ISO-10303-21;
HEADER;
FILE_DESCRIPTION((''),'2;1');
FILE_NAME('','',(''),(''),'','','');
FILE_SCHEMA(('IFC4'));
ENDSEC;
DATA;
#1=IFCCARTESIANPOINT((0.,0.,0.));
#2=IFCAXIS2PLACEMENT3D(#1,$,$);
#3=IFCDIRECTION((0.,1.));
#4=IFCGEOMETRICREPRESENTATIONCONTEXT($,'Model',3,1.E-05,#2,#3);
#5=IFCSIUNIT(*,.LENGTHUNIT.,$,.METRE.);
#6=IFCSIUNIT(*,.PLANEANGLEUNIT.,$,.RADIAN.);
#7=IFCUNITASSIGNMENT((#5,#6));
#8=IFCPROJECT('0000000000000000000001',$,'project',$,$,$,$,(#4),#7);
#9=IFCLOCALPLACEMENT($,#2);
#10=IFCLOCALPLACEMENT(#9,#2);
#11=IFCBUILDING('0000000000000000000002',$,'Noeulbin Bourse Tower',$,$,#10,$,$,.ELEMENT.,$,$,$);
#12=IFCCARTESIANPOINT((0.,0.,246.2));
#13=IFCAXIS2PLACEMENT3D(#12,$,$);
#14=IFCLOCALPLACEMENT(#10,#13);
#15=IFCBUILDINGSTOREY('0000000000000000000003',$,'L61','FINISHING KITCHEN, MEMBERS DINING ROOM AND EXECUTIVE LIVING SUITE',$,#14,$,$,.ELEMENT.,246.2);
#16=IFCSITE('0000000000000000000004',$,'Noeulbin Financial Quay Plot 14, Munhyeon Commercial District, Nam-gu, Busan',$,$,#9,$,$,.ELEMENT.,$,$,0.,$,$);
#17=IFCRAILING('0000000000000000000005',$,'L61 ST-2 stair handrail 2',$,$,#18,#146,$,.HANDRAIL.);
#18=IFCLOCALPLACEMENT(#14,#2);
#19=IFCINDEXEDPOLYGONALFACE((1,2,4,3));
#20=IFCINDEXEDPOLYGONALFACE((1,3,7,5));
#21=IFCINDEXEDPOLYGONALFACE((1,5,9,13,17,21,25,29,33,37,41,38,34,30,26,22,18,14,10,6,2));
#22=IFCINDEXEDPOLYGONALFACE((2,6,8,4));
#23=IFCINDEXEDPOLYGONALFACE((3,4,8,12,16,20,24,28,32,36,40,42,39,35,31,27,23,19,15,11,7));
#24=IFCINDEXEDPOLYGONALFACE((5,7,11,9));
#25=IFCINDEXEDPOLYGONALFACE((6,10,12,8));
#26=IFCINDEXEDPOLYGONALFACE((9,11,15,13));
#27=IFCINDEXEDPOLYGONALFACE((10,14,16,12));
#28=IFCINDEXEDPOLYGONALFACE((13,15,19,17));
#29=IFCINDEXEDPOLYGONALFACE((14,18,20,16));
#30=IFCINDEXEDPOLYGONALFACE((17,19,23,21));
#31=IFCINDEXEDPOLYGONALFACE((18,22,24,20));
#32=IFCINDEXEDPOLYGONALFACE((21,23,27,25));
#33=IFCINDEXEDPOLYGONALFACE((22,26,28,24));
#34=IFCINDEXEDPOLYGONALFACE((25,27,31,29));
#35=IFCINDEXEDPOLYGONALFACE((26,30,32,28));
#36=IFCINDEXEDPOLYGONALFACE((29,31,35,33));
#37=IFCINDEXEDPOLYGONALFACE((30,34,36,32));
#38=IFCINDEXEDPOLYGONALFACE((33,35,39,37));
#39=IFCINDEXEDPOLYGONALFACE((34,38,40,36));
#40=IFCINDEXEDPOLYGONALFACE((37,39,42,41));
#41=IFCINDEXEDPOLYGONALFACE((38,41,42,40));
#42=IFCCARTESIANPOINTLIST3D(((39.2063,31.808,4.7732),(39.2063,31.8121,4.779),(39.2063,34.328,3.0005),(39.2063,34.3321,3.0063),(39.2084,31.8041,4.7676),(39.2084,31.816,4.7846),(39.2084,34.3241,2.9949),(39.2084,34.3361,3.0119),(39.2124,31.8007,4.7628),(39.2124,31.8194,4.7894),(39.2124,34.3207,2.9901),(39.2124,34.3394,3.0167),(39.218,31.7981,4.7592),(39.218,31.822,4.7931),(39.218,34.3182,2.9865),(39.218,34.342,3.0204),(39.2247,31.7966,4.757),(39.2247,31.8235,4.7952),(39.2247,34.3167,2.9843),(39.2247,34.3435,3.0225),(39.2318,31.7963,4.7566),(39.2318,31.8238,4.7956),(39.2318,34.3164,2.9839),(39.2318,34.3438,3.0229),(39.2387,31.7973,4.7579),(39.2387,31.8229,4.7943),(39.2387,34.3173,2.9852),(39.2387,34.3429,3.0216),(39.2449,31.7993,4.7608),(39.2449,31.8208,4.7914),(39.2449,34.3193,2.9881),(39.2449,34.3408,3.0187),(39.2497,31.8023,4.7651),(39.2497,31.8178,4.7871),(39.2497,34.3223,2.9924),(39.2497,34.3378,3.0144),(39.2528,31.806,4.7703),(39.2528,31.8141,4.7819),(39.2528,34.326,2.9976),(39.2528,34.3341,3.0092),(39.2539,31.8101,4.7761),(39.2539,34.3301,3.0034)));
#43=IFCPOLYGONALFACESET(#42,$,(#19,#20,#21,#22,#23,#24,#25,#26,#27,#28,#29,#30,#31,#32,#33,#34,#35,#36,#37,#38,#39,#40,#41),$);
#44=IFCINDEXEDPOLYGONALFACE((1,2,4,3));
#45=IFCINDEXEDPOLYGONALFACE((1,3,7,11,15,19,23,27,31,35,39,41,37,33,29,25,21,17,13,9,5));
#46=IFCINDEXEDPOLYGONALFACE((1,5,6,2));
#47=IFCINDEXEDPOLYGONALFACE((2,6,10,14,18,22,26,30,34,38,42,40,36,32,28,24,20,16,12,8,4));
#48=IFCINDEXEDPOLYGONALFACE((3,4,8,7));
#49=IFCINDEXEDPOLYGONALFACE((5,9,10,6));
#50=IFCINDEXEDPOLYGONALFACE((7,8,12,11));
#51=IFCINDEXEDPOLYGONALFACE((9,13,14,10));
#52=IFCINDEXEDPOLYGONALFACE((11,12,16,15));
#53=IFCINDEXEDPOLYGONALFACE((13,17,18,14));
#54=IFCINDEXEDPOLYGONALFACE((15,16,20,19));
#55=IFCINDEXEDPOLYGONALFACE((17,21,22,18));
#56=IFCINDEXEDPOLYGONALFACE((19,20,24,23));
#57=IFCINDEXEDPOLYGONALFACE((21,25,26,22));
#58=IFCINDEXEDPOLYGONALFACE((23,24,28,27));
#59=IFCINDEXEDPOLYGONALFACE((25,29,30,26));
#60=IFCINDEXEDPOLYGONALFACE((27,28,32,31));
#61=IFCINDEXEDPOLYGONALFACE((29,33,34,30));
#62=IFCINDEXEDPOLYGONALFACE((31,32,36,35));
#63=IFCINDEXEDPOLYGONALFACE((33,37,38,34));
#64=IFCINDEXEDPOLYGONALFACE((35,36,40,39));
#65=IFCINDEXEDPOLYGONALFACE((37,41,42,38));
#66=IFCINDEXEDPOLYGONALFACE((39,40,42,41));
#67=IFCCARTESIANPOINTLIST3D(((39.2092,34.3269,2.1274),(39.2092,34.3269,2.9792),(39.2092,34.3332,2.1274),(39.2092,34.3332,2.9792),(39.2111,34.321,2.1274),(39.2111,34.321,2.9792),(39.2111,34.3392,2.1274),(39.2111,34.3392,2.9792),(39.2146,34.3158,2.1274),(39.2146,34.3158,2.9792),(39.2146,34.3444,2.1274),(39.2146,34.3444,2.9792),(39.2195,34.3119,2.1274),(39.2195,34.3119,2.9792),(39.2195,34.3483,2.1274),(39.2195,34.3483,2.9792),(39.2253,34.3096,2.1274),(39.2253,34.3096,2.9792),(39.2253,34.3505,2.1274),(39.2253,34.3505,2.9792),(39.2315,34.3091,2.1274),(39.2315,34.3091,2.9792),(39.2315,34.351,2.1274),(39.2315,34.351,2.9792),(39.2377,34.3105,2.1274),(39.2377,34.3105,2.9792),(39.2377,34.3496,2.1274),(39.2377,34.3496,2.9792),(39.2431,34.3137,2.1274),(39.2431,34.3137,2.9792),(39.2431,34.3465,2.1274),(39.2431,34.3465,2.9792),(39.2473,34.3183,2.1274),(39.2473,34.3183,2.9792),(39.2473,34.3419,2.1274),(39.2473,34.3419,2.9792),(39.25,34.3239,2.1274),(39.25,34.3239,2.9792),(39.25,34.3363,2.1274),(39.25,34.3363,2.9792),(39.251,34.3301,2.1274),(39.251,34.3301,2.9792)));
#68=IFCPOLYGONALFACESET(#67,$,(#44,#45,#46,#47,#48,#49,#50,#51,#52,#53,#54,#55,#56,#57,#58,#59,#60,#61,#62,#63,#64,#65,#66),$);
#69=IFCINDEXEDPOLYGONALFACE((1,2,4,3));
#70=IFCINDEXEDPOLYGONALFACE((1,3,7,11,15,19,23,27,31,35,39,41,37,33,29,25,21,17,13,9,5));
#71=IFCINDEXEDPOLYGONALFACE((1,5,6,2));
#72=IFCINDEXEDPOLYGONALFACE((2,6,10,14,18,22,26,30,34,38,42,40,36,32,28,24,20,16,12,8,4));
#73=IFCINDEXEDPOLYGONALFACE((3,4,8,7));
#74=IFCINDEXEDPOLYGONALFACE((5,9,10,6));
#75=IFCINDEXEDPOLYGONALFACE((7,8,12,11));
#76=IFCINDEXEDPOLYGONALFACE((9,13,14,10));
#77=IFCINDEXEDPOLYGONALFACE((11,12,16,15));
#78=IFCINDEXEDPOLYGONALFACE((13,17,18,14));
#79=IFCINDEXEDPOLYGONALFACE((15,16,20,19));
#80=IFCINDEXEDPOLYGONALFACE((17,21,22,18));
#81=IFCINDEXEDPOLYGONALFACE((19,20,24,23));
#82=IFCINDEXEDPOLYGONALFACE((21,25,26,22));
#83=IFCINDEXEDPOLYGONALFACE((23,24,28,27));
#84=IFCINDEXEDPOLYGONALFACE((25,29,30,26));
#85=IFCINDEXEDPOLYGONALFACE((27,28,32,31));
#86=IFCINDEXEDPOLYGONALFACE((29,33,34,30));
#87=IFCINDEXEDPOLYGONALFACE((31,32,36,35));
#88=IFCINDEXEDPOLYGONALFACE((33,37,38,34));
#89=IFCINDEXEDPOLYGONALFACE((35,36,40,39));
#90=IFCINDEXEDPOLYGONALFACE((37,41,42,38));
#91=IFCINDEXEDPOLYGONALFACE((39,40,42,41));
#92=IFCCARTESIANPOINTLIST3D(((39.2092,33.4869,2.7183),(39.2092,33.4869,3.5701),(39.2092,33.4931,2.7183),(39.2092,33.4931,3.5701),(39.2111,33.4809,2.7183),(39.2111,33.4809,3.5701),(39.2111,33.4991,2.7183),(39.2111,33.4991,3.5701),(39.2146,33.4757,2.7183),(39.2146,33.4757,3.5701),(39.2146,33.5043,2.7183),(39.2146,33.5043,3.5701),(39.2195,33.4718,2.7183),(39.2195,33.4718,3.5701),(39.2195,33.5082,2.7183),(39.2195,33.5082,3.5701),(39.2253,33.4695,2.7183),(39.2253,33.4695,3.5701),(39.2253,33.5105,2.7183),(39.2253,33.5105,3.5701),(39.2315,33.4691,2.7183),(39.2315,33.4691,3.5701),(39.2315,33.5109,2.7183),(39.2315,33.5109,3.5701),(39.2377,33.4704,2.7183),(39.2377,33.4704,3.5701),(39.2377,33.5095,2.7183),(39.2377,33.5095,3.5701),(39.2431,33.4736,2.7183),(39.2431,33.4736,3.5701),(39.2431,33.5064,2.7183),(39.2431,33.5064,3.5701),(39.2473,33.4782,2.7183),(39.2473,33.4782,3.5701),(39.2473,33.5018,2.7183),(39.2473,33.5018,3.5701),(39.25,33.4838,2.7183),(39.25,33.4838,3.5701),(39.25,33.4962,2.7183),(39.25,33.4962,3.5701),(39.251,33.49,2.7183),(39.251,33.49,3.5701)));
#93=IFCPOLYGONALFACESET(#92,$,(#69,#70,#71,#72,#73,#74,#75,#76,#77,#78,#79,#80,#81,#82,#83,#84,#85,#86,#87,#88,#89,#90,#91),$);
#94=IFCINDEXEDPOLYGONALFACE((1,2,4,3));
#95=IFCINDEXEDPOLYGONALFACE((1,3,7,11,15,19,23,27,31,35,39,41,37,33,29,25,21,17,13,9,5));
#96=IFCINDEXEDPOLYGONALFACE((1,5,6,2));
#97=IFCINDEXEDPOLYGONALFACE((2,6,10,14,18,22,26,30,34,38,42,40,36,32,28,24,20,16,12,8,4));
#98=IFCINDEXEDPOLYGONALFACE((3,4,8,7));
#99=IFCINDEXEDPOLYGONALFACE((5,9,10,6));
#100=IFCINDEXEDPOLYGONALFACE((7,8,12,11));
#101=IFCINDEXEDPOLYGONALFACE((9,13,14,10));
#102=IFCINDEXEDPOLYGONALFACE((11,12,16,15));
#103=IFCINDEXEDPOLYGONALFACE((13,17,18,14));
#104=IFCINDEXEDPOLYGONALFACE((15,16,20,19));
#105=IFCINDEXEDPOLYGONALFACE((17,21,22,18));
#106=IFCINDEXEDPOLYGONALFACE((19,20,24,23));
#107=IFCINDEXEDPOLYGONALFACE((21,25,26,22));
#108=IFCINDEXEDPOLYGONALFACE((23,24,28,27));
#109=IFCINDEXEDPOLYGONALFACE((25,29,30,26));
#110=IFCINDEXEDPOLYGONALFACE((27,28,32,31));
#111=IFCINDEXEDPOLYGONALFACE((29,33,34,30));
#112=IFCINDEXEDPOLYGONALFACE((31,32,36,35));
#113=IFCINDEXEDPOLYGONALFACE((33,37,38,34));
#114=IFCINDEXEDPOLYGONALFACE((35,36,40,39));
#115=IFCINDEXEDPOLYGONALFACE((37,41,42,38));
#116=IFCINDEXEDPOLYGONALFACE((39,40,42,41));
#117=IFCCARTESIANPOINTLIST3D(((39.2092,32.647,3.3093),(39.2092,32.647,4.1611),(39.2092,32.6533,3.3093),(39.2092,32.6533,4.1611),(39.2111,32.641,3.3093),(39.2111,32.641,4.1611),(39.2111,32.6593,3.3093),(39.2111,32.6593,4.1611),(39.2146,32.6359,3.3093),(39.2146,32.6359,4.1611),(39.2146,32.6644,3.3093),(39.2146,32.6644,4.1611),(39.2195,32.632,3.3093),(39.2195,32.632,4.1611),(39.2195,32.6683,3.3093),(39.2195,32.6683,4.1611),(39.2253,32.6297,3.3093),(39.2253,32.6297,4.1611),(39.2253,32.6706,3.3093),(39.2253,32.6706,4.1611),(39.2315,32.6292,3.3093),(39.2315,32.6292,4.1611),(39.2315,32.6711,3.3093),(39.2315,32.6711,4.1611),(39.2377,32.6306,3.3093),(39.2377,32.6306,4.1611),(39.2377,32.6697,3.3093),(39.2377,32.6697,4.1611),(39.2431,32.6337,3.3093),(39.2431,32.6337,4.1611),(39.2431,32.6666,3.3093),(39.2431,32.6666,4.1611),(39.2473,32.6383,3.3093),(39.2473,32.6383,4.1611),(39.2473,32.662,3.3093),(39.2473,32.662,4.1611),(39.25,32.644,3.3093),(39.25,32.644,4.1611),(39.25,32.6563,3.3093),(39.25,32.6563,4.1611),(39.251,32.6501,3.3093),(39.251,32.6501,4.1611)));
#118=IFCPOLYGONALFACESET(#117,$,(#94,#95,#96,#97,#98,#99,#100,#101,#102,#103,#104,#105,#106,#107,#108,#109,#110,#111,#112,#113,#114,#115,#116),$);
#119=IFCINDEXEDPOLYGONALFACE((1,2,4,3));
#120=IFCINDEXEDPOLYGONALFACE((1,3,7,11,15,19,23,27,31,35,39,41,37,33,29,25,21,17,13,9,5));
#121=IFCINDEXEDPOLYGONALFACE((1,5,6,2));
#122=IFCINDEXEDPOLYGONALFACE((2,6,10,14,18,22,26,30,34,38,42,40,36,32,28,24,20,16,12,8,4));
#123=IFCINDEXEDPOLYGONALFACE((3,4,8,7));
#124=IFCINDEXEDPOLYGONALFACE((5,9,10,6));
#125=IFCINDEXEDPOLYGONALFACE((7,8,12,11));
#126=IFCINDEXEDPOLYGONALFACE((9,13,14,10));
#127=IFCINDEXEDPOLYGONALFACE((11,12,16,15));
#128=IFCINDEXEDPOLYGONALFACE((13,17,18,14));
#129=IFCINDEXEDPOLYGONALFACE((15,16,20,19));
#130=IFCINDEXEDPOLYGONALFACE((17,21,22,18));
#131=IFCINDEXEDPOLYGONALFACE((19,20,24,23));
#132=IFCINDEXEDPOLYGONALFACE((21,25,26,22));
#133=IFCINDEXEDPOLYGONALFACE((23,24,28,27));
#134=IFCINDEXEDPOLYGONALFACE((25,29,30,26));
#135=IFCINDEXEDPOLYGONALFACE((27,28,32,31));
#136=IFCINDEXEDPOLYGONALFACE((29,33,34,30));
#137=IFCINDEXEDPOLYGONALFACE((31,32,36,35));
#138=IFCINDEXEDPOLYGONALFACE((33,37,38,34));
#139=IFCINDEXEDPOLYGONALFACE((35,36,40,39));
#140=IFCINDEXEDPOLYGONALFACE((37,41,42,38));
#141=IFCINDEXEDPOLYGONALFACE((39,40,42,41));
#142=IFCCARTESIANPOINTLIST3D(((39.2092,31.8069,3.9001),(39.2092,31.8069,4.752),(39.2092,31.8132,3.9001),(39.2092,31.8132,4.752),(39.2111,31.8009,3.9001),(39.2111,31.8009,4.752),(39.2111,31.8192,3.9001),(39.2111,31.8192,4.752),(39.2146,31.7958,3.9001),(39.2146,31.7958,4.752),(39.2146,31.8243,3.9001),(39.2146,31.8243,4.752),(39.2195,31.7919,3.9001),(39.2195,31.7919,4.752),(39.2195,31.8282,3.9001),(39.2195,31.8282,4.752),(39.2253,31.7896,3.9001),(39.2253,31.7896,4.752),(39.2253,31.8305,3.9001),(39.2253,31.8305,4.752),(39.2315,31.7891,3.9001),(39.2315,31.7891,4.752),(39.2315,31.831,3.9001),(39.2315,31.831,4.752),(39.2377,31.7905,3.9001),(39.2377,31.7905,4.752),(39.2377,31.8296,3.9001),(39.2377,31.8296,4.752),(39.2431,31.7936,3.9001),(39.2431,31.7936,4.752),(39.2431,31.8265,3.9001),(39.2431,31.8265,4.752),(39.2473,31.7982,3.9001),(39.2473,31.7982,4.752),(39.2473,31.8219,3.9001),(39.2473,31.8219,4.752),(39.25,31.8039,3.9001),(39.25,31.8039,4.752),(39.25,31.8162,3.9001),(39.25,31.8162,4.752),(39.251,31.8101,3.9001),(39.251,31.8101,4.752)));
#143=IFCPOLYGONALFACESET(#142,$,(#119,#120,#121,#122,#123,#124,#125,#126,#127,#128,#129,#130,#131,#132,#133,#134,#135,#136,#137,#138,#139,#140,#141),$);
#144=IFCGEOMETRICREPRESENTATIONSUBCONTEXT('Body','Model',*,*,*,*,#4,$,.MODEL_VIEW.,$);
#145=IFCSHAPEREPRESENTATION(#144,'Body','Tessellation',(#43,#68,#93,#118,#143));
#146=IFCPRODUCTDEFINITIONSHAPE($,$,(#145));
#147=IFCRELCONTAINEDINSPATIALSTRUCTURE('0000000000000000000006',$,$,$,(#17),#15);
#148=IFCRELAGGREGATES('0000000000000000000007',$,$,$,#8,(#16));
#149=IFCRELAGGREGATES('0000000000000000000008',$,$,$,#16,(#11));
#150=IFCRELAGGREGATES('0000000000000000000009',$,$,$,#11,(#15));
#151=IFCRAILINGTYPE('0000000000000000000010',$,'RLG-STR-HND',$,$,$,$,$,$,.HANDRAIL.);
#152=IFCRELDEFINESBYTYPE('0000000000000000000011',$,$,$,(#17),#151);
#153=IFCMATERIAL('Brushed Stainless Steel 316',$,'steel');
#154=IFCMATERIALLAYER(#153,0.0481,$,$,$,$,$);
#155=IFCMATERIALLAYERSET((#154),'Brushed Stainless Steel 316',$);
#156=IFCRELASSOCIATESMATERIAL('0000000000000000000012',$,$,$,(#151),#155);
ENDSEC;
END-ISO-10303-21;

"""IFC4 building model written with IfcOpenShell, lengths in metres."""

from ifc_helpers import new_model, si_unit, direction, frame, origin, origin_2d, place, context, subcontext, project, spatial, circle, extrude, material, layer, layer_set, type_object, element, save


model = new_model("IFC4")

# Units and contexts
model_context = context("Model", 3, precision=1e-05, world=origin(), true_north=direction((0.0, 1.0)))
body_context = subcontext(model_context, "Body", "Model", "MODEL_VIEW")
ifc_project = project(units=[si_unit("LENGTHUNIT", "METRE"), si_unit("PLANEANGLEUNIT", "RADIAN")], contexts=[model_context])

# Site, building, storey
site_placement = place(None, origin())
site = spatial("IfcSite", under=ifc_project, at=site_placement, Name="Noeulbin Financial Quay Plot 14, Munhyeon Commercial District, Nam-gu, Busan", CompositionType="ELEMENT", RefElevation=0.0)
building_placement = place(site_placement, origin())
building = spatial("IfcBuilding", under=site, at=building_placement, Name="Noeulbin Bourse Tower", CompositionType="ELEMENT")
storey_placement = place(building_placement, frame((0.0, 0.0, 246.2)))
storey = spatial("IfcBuildingStorey", under=building, at=storey_placement, Name="L61", Description="FINISHING KITCHEN, MEMBERS DINING ROOM AND EXECUTIVE LIVING SUITE", CompositionType="ELEMENT", Elevation=246.2)

# Railing
ifc_material_1 = material(Name="Brushed Stainless Steel 316", Category="steel")
ifc_layer_1 = layer(ifc_material_1, 0.0481)
ifc_layer_set_1 = layer_set([ifc_layer_1], Name="Brushed Stainless Steel 316")
railing_type_1 = type_object("IfcRailingType", Name="RLG-STR-HND", PredefinedType="HANDRAIL", material=ifc_layer_set_1)
railing_1_placement = place(storey_placement, frame((39.23, 34.3301, 2.1274)))
element("IfcRailing", 1, at=railing_1_placement, inside=storey, type_object=railing_type_1, Name="L61 ST-2 stair handrail 2", PredefinedType="HANDRAIL", context=body_context, shape_type="SweptSolid", body=[
    extrude(circle(Radius=0.0239, at=origin_2d()), frame((0.0, 0.0, 0.876), z_axis=(0.0, -0.817904, 0.575354), x_axis=(1.0, 0.0, 0.0)), (0.0, 0.0, 1.0), 3.0811),
    extrude(circle(Radius=0.021, at=origin_2d()), origin(), (0.0, 0.0, 1.0), 0.8518),
    extrude(circle(Radius=0.021, at=origin_2d()), frame((0.0, -0.8401, 0.5908)), (0.0, 0.0, 1.0), 0.8518),
    extrude(circle(Radius=0.021, at=origin_2d()), frame((0.0, -1.6799, 1.1819)), (0.0, 0.0, 1.0), 0.8518),
    extrude(circle(Radius=0.021, at=origin_2d()), frame((0.0, -2.52, 1.7727)), (0.0, 0.0, 1.0), 0.8518),
])

save(model, "model.ifc")
